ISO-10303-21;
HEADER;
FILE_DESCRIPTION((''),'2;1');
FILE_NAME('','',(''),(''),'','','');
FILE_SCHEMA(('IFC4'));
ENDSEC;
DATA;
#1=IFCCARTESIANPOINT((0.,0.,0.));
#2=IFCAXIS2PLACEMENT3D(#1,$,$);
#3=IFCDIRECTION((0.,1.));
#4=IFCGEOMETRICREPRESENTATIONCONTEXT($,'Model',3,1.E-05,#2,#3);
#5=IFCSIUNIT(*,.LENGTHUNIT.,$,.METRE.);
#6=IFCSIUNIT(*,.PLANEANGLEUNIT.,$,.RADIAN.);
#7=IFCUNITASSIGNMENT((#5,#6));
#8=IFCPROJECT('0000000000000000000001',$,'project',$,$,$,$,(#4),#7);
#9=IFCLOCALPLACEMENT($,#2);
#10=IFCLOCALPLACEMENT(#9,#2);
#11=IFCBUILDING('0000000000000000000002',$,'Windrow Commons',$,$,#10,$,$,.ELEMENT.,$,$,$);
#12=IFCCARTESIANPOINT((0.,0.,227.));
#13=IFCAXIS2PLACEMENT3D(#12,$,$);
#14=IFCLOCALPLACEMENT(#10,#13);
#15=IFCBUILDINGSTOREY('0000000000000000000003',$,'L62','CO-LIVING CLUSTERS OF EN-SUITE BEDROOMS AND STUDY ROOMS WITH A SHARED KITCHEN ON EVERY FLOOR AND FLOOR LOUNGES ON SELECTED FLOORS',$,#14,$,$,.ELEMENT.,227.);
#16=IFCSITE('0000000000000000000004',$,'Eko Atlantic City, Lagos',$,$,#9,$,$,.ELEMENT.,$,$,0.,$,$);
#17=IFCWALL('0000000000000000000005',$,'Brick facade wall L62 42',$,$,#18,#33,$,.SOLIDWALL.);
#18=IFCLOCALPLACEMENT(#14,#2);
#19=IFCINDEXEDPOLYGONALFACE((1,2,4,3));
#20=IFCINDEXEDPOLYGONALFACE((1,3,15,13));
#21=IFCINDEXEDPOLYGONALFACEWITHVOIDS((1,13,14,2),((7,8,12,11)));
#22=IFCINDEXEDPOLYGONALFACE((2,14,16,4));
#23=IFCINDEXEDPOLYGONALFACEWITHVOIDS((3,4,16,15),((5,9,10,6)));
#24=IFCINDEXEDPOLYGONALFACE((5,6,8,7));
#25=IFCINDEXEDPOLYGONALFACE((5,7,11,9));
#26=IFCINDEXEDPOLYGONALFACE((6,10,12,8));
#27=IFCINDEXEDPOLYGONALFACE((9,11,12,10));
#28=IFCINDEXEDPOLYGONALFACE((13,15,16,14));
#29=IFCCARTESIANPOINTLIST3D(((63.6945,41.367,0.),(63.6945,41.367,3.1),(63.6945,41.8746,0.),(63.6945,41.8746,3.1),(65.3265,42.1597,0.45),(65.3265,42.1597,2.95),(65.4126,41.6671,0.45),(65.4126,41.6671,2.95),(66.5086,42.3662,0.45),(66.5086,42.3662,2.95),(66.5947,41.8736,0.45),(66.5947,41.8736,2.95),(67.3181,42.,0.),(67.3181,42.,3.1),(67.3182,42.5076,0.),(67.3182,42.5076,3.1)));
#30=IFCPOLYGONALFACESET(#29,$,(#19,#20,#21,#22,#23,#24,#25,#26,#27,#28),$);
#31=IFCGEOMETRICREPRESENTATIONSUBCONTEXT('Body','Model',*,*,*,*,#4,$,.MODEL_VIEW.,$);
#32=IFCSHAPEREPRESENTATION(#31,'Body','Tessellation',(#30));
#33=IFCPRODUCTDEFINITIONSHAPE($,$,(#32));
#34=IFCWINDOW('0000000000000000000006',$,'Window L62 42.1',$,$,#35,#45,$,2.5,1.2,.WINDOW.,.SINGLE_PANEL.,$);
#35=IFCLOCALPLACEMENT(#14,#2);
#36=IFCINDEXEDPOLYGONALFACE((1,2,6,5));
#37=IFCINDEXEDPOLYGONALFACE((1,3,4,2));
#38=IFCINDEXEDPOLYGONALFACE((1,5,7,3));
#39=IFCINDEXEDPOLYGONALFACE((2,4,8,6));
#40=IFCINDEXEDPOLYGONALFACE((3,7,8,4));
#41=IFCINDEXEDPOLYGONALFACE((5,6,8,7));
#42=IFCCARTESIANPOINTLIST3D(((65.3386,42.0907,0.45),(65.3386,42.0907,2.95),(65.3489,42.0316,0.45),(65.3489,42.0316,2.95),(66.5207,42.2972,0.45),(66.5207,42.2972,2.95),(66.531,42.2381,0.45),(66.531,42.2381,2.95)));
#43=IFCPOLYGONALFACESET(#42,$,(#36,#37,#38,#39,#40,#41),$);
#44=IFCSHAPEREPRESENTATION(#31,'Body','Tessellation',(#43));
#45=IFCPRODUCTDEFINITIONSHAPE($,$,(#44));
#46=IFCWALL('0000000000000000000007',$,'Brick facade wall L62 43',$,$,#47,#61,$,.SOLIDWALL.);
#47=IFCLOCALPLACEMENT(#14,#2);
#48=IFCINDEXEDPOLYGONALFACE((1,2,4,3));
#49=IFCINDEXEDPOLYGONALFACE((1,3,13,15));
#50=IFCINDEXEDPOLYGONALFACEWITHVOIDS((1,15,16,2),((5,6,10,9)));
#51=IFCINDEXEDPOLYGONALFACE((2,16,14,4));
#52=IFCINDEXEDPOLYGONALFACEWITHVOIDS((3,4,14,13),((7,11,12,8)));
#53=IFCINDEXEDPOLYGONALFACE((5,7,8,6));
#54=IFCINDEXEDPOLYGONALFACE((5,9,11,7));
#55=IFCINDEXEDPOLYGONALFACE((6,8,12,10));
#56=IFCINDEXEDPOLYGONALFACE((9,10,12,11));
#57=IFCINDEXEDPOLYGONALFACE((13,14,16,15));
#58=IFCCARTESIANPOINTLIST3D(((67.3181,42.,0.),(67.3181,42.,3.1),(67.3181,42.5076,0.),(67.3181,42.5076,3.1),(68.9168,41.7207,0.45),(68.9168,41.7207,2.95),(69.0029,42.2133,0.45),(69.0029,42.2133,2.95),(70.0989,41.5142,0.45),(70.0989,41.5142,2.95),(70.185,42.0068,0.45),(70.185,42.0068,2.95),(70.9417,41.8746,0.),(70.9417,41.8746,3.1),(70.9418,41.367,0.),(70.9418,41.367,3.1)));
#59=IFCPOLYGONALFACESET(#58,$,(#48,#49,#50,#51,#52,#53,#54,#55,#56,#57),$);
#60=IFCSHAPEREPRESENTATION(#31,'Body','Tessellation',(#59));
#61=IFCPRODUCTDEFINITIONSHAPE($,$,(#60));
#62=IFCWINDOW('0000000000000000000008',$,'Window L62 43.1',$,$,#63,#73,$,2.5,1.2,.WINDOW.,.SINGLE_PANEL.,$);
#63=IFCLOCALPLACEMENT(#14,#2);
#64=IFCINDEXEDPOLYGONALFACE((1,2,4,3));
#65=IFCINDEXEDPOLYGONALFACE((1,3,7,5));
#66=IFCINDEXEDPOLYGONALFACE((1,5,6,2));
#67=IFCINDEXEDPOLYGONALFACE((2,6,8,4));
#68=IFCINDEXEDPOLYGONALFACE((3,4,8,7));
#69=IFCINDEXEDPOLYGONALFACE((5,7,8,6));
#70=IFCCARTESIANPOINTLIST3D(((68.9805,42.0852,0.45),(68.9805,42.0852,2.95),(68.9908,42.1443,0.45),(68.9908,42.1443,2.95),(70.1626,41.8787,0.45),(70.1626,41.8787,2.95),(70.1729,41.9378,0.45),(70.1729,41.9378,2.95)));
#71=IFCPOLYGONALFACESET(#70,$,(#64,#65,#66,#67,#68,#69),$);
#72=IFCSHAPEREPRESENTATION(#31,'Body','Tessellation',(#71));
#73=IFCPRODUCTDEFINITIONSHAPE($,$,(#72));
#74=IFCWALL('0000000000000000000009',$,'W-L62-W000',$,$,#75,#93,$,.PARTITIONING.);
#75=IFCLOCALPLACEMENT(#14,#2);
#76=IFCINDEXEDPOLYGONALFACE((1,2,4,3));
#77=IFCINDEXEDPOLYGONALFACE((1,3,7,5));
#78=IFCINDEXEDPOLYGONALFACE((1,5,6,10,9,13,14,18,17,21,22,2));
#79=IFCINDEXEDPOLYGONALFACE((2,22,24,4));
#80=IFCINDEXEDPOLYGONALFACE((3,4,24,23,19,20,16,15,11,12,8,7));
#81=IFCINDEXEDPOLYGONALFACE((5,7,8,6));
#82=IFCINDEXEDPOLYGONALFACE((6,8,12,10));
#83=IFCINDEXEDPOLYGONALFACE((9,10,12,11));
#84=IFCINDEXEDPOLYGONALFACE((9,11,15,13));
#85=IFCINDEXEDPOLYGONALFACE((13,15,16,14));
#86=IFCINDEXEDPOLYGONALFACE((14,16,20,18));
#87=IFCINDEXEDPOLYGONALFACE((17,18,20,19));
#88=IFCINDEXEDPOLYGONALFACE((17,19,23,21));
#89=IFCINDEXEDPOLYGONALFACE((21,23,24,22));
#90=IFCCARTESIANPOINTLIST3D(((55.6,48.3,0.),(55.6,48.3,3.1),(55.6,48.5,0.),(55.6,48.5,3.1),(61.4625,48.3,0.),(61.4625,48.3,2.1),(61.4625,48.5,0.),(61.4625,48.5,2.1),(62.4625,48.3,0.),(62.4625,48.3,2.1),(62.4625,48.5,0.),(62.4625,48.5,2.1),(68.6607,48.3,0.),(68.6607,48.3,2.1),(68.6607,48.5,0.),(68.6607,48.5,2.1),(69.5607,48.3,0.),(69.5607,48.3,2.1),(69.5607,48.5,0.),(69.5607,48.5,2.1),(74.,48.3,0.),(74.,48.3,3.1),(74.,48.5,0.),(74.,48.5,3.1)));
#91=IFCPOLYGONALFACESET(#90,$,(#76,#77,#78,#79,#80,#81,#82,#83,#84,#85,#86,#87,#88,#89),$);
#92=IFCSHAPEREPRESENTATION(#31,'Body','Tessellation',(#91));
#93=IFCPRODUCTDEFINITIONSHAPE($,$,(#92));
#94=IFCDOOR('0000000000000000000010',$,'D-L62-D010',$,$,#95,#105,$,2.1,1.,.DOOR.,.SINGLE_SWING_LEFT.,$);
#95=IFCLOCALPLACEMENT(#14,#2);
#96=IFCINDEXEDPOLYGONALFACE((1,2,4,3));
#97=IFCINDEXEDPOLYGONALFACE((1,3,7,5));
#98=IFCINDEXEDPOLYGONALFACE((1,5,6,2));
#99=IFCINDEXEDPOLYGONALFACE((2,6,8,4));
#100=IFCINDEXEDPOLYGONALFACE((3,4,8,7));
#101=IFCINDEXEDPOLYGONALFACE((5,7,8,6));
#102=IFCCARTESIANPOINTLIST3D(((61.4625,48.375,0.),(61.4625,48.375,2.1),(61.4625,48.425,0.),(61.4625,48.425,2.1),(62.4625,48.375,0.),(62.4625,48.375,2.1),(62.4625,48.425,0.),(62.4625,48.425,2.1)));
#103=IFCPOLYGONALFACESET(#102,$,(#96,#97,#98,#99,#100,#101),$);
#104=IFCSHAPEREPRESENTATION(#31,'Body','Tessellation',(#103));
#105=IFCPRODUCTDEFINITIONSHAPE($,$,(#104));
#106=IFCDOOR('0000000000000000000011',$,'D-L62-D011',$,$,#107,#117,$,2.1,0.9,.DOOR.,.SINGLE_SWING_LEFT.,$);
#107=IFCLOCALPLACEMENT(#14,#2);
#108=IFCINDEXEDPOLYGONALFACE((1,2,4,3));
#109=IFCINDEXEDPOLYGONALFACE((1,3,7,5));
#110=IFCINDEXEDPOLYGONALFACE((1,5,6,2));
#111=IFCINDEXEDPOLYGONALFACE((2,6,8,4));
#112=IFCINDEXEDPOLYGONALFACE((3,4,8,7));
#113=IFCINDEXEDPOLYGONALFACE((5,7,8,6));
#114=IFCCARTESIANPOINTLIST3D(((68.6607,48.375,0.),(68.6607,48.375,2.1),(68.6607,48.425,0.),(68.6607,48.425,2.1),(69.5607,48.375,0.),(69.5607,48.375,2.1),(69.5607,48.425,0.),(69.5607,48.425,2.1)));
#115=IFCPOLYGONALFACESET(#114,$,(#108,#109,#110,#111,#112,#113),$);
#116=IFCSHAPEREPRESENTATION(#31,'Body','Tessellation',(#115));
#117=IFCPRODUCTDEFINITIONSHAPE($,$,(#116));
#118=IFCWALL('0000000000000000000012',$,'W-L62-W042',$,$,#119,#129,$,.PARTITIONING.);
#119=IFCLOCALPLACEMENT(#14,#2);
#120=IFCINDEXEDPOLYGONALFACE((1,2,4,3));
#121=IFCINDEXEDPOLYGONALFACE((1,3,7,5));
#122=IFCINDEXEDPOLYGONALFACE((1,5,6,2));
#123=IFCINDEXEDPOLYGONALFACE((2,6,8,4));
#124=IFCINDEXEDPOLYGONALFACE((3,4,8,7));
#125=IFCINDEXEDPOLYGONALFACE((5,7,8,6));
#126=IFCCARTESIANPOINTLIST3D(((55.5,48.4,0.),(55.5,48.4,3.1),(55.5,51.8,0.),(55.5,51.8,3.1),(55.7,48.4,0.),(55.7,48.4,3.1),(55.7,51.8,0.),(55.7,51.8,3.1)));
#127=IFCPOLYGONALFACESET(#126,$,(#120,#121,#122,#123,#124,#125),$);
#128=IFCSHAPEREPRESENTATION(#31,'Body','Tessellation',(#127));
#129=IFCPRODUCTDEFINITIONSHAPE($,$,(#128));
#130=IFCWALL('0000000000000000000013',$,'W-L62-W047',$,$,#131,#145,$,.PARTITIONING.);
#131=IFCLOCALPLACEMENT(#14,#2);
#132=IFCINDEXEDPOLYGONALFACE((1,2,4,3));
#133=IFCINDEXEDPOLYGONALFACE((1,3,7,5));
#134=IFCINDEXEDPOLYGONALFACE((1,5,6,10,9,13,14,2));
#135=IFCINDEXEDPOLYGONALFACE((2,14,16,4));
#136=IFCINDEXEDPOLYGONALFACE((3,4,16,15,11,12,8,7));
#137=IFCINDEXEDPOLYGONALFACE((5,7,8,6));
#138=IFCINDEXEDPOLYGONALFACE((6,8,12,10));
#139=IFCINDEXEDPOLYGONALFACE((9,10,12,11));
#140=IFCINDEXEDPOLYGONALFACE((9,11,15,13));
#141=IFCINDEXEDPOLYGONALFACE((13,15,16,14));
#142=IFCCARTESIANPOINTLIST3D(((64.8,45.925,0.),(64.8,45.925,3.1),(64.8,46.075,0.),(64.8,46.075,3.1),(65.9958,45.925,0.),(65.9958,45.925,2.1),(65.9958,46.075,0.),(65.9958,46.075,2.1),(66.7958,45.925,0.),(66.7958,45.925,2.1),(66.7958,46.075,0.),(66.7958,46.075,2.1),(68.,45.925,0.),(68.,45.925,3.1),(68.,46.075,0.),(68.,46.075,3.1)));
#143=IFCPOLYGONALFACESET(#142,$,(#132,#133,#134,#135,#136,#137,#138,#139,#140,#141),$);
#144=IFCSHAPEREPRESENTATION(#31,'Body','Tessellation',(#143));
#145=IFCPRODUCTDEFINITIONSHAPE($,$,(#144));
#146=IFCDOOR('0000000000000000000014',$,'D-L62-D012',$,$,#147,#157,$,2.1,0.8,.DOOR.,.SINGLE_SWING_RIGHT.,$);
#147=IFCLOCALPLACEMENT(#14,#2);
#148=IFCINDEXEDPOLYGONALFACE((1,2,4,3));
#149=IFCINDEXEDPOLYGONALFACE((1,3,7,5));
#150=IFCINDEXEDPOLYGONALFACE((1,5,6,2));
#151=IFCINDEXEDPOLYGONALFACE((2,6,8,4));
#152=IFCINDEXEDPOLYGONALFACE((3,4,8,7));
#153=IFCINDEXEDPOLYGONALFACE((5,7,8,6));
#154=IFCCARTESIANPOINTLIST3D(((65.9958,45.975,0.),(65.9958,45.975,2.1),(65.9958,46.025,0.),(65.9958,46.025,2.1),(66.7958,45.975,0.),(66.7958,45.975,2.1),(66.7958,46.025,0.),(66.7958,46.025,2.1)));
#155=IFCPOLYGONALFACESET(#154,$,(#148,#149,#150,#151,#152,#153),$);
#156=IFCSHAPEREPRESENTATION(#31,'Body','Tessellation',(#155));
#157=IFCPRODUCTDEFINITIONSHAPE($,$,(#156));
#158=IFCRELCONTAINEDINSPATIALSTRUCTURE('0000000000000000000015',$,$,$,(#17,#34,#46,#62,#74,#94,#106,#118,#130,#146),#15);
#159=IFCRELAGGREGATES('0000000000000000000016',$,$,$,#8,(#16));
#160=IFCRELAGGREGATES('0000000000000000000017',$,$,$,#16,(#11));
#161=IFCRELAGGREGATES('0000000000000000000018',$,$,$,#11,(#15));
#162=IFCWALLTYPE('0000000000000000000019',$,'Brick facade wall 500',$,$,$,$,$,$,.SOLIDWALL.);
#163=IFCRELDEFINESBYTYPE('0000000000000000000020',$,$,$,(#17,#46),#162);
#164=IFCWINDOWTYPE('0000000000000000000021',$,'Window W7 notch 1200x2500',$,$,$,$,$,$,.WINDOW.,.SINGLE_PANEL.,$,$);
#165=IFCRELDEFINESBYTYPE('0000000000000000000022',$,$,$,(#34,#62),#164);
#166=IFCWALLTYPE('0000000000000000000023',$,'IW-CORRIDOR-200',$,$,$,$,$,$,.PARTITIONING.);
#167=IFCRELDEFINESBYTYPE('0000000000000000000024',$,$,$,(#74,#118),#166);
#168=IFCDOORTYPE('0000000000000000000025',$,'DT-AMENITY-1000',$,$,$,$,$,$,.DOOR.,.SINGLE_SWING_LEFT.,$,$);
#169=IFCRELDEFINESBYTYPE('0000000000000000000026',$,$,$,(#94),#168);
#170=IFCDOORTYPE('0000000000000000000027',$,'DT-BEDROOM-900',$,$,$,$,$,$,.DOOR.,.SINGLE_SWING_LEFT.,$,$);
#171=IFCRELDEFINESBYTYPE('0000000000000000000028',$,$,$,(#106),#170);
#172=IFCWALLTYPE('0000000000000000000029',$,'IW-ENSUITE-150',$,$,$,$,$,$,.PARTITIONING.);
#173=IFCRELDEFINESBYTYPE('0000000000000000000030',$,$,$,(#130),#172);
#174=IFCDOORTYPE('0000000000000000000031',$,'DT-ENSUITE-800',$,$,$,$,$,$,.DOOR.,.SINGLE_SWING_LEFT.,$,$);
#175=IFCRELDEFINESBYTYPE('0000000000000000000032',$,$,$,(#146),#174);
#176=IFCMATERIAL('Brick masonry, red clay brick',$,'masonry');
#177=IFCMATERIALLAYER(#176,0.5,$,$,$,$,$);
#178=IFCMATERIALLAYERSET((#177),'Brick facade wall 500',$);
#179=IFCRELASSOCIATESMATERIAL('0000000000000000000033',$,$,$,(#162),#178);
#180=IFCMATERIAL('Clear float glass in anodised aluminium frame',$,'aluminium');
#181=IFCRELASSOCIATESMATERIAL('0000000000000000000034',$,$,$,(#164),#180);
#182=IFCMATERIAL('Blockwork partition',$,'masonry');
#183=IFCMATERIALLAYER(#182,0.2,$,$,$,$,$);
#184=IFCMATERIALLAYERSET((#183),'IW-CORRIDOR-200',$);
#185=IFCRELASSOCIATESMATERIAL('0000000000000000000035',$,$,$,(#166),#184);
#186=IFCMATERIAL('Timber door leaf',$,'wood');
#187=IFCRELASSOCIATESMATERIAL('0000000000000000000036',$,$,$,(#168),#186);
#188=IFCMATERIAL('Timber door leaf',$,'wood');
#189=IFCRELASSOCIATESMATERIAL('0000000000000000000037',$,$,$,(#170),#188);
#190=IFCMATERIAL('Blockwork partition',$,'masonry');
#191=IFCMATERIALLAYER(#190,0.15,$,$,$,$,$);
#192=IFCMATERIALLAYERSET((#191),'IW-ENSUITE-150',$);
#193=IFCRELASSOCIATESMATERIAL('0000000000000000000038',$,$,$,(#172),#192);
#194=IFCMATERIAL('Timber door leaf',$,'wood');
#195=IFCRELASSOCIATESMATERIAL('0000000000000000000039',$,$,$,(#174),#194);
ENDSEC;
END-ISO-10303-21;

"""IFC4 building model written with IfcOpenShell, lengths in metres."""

from ifc_helpers import new_model, si_unit, direction, frame, frame_2d, origin, place, context, subcontext, project, spatial, polyline, rectangle, outline, extrude, material, layer, layer_set, type_object, element, fill, save


model = new_model("IFC4")

# Units and contexts
model_context = context("Model", 3, precision=1e-05, world=origin(), true_north=direction((0.0, 1.0)))
body_context = subcontext(model_context, "Body", "Model", "MODEL_VIEW")
ifc_project = project(units=[si_unit("LENGTHUNIT", "METRE"), si_unit("PLANEANGLEUNIT", "RADIAN")], contexts=[model_context])

# Site, building, storey
site_placement = place(None, origin())
site = spatial("IfcSite", under=ifc_project, at=site_placement, Name="Eko Atlantic City, Lagos", CompositionType="ELEMENT", RefElevation=0.0)
building_placement = place(site_placement, origin())
building = spatial("IfcBuilding", under=site, at=building_placement, Name="Windrow Commons", CompositionType="ELEMENT")
storey_placement = place(building_placement, frame((0.0, 0.0, 227.0)))
storey = spatial("IfcBuildingStorey", under=building, at=storey_placement, Name="L62", Description="CO-LIVING CLUSTERS OF EN-SUITE BEDROOMS AND STUDY ROOMS WITH A SHARED KITCHEN ON EVERY FLOOR AND FLOOR LOUNGES ON SELECTED FLOORS", CompositionType="ELEMENT", Elevation=227.0)

# Walls, openings, windows
ifc_material_1 = material(Name="Brick masonry, red clay brick", Category="masonry")
ifc_layer_1 = layer(ifc_material_1, 0.5)
ifc_layer_set_1 = layer_set([ifc_layer_1], Name="Brick facade wall 500")
wall_type_1 = type_object("IfcWallType", Name="Brick facade wall 500", PredefinedType="SOLIDWALL", material=ifc_layer_set_1)
ifc_material_2 = material(Name="Clear float glass in anodised aluminium frame", Category="aluminium")
window_type = type_object("IfcWindowType", Name="Window W7 notch 1200x2500", PartitioningType="SINGLE_PANEL", PredefinedType="WINDOW", material=ifc_material_2)
wall_1_placement = place(storey_placement, frame((63.6945, 41.6208, 0.0), z_axis=(0.0, 0.0, 1.0), x_axis=(0.985083, 0.172082, 0.0)))
wall_1 = element("IfcWall", 1, at=wall_1_placement, inside=storey, type_object=wall_type_1, Name="Brick facade wall L62 42", PredefinedType="SOLIDWALL", context=body_context, shape_type="SweptSolid", body=[
    extrude(outline(polyline([(-0.0437, -0.25), (3.6348, -0.25), (3.7222, 0.25), (0.0437, 0.25), (-0.0437, -0.25)])), origin(), (0.0, 0.0, 1.0), 3.1),
])
opening_1_placement = place(wall_1_placement, frame((1.7004, 0.0, 0.45)))
opening_1 = element("IfcOpeningElement", 2, at=opening_1_placement, cuts=wall_1, PredefinedType="OPENING", context=body_context, shape_type="SweptSolid", body=[
    extrude(rectangle(XDim=1.2, YDim=2.5, at=frame_2d((0.6, 1.25))), frame((0.0, 0.26, 0.0), z_axis=(0.0, -1.0, 0.0), x_axis=(1.0, 0.0, 0.0)), (0.0, 0.0, 1.0), 0.52),
])
window_1_placement = place(opening_1_placement, origin())
window_1 = element("IfcWindow", 3, at=window_1_placement, inside=storey, type_object=window_type, Name="Window L62 42.1", OverallHeight=2.5, OverallWidth=1.2, PartitioningType="SINGLE_PANEL", PredefinedType="WINDOW", context=body_context, shape_type="SweptSolid", body=[
    extrude(rectangle(XDim=1.2, YDim=2.5, at=frame_2d((0.6, 1.25))), frame((0.0, 0.18, 0.0), z_axis=(0.0, -1.0, 0.0), x_axis=(1.0, 0.0, 0.0)), (0.0, 0.0, 1.0), 0.06),
])
fill(opening_1, window_1)
wall_2_placement = place(storey_placement, frame((67.3181, 42.2538, 0.0), z_axis=(0.0, 0.0, 1.0), x_axis=(0.985083, -0.172082, 0.0)))
wall_2 = element("IfcWall", 4, at=wall_2_placement, inside=storey, type_object=wall_type_1, Name="Brick facade wall L62 43", PredefinedType="SOLIDWALL", context=body_context, shape_type="SweptSolid", body=[
    extrude(outline(polyline([(0.0437, -0.25), (3.7222, -0.25), (3.6348, 0.25), (-0.0437, 0.25), (0.0437, -0.25)])), origin(), (0.0, 0.0, 1.0), 3.1),
])
opening_2_placement = place(wall_2_placement, frame((1.6666, 0.0, 0.45)))
opening_2 = element("IfcOpeningElement", 5, at=opening_2_placement, cuts=wall_2, PredefinedType="OPENING", context=body_context, shape_type="SweptSolid", body=[
    extrude(rectangle(XDim=1.2, YDim=2.5, at=frame_2d((0.6, 1.25))), frame((0.0, 0.26, 0.0), z_axis=(0.0, -1.0, 0.0), x_axis=(1.0, 0.0, 0.0)), (0.0, 0.0, 1.0), 0.52),
])
window_2_placement = place(opening_2_placement, origin())
window_2 = element("IfcWindow", 6, at=window_2_placement, inside=storey, type_object=window_type, Name="Window L62 43.1", OverallHeight=2.5, OverallWidth=1.2, PartitioningType="SINGLE_PANEL", PredefinedType="WINDOW", context=body_context, shape_type="SweptSolid", body=[
    extrude(rectangle(XDim=1.2, YDim=2.5, at=frame_2d((0.6, 1.25))), frame((0.0, 0.18, 0.0), z_axis=(0.0, -1.0, 0.0), x_axis=(1.0, 0.0, 0.0)), (0.0, 0.0, 1.0), 0.06),
])
fill(opening_2, window_2)

# Wall, openings, doors
ifc_material_3 = material(Name="Blockwork partition", Category="masonry")
ifc_layer_2 = layer(ifc_material_3, 0.2)
ifc_layer_set_2 = layer_set([ifc_layer_2], Name="IW-CORRIDOR-200")
wall_type_2 = type_object("IfcWallType", Name="IW-CORRIDOR-200", PredefinedType="PARTITIONING", material=ifc_layer_set_2)
wall_3_placement = place(storey_placement, frame((55.6, 48.4, 0.0), z_axis=(0.0, 0.0, 1.0), x_axis=(1.0, 0.0, 0.0)))
wall_3 = element("IfcWall", 7, at=wall_3_placement, inside=storey, type_object=wall_type_2, Name="W-L62-W000", PredefinedType="PARTITIONING", context=body_context, shape_type="SweptSolid", body=[
    extrude(rectangle(XDim=18.4, YDim=0.2, at=frame_2d((9.2, 0.0))), origin(), (0.0, 0.0, 1.0), 3.1),
])
opening_3_placement = place(wall_3_placement, frame((5.8625, 0.0, 0.0)))
opening_3 = element("IfcOpeningElement", 8, at=opening_3_placement, cuts=wall_3, PredefinedType="OPENING", context=body_context, shape_type="SweptSolid", body=[
    extrude(rectangle(XDim=1.0, YDim=2.1, at=frame_2d((0.5, 1.05))), frame((0.0, 0.11, 0.0), z_axis=(0.0, -1.0, 0.0), x_axis=(1.0, 0.0, 0.0)), (0.0, 0.0, 1.0), 0.22),
])
opening_4_placement = place(wall_3_placement, frame((13.0607, 0.0, 0.0)))
opening_4 = element("IfcOpeningElement", 9, at=opening_4_placement, cuts=wall_3, PredefinedType="OPENING", context=body_context, shape_type="SweptSolid", body=[
    extrude(rectangle(XDim=0.9, YDim=2.1, at=frame_2d((0.45, 1.05))), frame((0.0, 0.11, 0.0), z_axis=(0.0, -1.0, 0.0), x_axis=(1.0, 0.0, 0.0)), (0.0, 0.0, 1.0), 0.22),
])
ifc_material_4 = material(Name="Timber door leaf", Category="wood")
door_type_1 = type_object("IfcDoorType", Name="DT-AMENITY-1000", OperationType="SINGLE_SWING_LEFT", PredefinedType="DOOR", material=ifc_material_4)
door_1_placement = place(opening_3_placement, origin())
door_1 = element("IfcDoor", 10, at=door_1_placement, inside=storey, type_object=door_type_1, Name="D-L62-D010", OperationType="SINGLE_SWING_LEFT", OverallHeight=2.1, OverallWidth=1.0, PredefinedType="DOOR", context=body_context, shape_type="SweptSolid", body=[
    extrude(rectangle(XDim=1.0, YDim=2.1, at=frame_2d((0.5, 1.05))), frame((0.0, 0.025, 0.0), z_axis=(0.0, -1.0, 0.0), x_axis=(1.0, 0.0, 0.0)), (0.0, 0.0, 1.0), 0.05),
])
fill(opening_3, door_1)
ifc_material_5 = material(Name="Timber door leaf", Category="wood")
door_type_2 = type_object("IfcDoorType", Name="DT-BEDROOM-900", OperationType="SINGLE_SWING_LEFT", PredefinedType="DOOR", material=ifc_material_5)
door_2_placement = place(opening_4_placement, origin())
door_2 = element("IfcDoor", 11, at=door_2_placement, inside=storey, type_object=door_type_2, Name="D-L62-D011", OperationType="SINGLE_SWING_LEFT", OverallHeight=2.1, OverallWidth=0.9, PredefinedType="DOOR", context=body_context, shape_type="SweptSolid", body=[
    extrude(rectangle(XDim=0.9, YDim=2.1, at=frame_2d((0.45, 1.05))), frame((0.0, 0.025, 0.0), z_axis=(0.0, -1.0, 0.0), x_axis=(1.0, 0.0, 0.0)), (0.0, 0.0, 1.0), 0.05),
])
fill(opening_4, door_2)

# Wall
wall_4_placement = place(storey_placement, frame((55.6, 48.4, 0.0), z_axis=(0.0, 0.0, 1.0), x_axis=(0.0, 1.0, 0.0)))
element("IfcWall", 12, at=wall_4_placement, inside=storey, type_object=wall_type_2, Name="W-L62-W042", PredefinedType="PARTITIONING", context=body_context, shape_type="SweptSolid", body=[
    extrude(rectangle(XDim=3.4, YDim=0.2, at=frame_2d((1.7, 0.0))), origin(), (0.0, 0.0, 1.0), 3.1),
])

# Wall, opening, door
ifc_material_6 = material(Name="Blockwork partition", Category="masonry")
ifc_layer_3 = layer(ifc_material_6, 0.15)
ifc_layer_set_3 = layer_set([ifc_layer_3], Name="IW-ENSUITE-150")
wall_type_3 = type_object("IfcWallType", Name="IW-ENSUITE-150", PredefinedType="PARTITIONING", material=ifc_layer_set_3)
wall_5_placement = place(storey_placement, frame((64.8, 46.0, 0.0), z_axis=(0.0, 0.0, 1.0), x_axis=(1.0, 0.0, 0.0)))
wall_5 = element("IfcWall", 13, at=wall_5_placement, inside=storey, type_object=wall_type_3, Name="W-L62-W047", PredefinedType="PARTITIONING", context=body_context, shape_type="SweptSolid", body=[
    extrude(rectangle(XDim=3.2, YDim=0.15, at=frame_2d((1.6, 0.0))), origin(), (0.0, 0.0, 1.0), 3.1),
])
opening_5_placement = place(wall_5_placement, frame((1.1958, 0.0, 0.0)))
opening_5 = element("IfcOpeningElement", 14, at=opening_5_placement, cuts=wall_5, PredefinedType="OPENING", context=body_context, shape_type="SweptSolid", body=[
    extrude(rectangle(XDim=0.8, YDim=2.1, at=frame_2d((0.4, 1.05))), frame((0.0, 0.085, 0.0), z_axis=(0.0, -1.0, 0.0), x_axis=(1.0, 0.0, 0.0)), (0.0, 0.0, 1.0), 0.17),
])
ifc_material_7 = material(Name="Timber door leaf", Category="wood")
door_type_3 = type_object("IfcDoorType", Name="DT-ENSUITE-800", OperationType="SINGLE_SWING_LEFT", PredefinedType="DOOR", material=ifc_material_7)
door_3_placement = place(opening_5_placement, origin())
door_3 = element("IfcDoor", 15, at=door_3_placement, inside=storey, type_object=door_type_3, Name="D-L62-D012", OperationType="SINGLE_SWING_RIGHT", OverallHeight=2.1, OverallWidth=0.8, PredefinedType="DOOR", context=body_context, shape_type="SweptSolid", body=[
    extrude(rectangle(XDim=0.8, YDim=2.1, at=frame_2d((0.4, 1.05))), frame((0.0, 0.025, 0.0), z_axis=(0.0, -1.0, 0.0), x_axis=(1.0, 0.0, 0.0)), (0.0, 0.0, 1.0), 0.05),
])
fill(opening_5, door_3)

save(model, "model.ifc")
